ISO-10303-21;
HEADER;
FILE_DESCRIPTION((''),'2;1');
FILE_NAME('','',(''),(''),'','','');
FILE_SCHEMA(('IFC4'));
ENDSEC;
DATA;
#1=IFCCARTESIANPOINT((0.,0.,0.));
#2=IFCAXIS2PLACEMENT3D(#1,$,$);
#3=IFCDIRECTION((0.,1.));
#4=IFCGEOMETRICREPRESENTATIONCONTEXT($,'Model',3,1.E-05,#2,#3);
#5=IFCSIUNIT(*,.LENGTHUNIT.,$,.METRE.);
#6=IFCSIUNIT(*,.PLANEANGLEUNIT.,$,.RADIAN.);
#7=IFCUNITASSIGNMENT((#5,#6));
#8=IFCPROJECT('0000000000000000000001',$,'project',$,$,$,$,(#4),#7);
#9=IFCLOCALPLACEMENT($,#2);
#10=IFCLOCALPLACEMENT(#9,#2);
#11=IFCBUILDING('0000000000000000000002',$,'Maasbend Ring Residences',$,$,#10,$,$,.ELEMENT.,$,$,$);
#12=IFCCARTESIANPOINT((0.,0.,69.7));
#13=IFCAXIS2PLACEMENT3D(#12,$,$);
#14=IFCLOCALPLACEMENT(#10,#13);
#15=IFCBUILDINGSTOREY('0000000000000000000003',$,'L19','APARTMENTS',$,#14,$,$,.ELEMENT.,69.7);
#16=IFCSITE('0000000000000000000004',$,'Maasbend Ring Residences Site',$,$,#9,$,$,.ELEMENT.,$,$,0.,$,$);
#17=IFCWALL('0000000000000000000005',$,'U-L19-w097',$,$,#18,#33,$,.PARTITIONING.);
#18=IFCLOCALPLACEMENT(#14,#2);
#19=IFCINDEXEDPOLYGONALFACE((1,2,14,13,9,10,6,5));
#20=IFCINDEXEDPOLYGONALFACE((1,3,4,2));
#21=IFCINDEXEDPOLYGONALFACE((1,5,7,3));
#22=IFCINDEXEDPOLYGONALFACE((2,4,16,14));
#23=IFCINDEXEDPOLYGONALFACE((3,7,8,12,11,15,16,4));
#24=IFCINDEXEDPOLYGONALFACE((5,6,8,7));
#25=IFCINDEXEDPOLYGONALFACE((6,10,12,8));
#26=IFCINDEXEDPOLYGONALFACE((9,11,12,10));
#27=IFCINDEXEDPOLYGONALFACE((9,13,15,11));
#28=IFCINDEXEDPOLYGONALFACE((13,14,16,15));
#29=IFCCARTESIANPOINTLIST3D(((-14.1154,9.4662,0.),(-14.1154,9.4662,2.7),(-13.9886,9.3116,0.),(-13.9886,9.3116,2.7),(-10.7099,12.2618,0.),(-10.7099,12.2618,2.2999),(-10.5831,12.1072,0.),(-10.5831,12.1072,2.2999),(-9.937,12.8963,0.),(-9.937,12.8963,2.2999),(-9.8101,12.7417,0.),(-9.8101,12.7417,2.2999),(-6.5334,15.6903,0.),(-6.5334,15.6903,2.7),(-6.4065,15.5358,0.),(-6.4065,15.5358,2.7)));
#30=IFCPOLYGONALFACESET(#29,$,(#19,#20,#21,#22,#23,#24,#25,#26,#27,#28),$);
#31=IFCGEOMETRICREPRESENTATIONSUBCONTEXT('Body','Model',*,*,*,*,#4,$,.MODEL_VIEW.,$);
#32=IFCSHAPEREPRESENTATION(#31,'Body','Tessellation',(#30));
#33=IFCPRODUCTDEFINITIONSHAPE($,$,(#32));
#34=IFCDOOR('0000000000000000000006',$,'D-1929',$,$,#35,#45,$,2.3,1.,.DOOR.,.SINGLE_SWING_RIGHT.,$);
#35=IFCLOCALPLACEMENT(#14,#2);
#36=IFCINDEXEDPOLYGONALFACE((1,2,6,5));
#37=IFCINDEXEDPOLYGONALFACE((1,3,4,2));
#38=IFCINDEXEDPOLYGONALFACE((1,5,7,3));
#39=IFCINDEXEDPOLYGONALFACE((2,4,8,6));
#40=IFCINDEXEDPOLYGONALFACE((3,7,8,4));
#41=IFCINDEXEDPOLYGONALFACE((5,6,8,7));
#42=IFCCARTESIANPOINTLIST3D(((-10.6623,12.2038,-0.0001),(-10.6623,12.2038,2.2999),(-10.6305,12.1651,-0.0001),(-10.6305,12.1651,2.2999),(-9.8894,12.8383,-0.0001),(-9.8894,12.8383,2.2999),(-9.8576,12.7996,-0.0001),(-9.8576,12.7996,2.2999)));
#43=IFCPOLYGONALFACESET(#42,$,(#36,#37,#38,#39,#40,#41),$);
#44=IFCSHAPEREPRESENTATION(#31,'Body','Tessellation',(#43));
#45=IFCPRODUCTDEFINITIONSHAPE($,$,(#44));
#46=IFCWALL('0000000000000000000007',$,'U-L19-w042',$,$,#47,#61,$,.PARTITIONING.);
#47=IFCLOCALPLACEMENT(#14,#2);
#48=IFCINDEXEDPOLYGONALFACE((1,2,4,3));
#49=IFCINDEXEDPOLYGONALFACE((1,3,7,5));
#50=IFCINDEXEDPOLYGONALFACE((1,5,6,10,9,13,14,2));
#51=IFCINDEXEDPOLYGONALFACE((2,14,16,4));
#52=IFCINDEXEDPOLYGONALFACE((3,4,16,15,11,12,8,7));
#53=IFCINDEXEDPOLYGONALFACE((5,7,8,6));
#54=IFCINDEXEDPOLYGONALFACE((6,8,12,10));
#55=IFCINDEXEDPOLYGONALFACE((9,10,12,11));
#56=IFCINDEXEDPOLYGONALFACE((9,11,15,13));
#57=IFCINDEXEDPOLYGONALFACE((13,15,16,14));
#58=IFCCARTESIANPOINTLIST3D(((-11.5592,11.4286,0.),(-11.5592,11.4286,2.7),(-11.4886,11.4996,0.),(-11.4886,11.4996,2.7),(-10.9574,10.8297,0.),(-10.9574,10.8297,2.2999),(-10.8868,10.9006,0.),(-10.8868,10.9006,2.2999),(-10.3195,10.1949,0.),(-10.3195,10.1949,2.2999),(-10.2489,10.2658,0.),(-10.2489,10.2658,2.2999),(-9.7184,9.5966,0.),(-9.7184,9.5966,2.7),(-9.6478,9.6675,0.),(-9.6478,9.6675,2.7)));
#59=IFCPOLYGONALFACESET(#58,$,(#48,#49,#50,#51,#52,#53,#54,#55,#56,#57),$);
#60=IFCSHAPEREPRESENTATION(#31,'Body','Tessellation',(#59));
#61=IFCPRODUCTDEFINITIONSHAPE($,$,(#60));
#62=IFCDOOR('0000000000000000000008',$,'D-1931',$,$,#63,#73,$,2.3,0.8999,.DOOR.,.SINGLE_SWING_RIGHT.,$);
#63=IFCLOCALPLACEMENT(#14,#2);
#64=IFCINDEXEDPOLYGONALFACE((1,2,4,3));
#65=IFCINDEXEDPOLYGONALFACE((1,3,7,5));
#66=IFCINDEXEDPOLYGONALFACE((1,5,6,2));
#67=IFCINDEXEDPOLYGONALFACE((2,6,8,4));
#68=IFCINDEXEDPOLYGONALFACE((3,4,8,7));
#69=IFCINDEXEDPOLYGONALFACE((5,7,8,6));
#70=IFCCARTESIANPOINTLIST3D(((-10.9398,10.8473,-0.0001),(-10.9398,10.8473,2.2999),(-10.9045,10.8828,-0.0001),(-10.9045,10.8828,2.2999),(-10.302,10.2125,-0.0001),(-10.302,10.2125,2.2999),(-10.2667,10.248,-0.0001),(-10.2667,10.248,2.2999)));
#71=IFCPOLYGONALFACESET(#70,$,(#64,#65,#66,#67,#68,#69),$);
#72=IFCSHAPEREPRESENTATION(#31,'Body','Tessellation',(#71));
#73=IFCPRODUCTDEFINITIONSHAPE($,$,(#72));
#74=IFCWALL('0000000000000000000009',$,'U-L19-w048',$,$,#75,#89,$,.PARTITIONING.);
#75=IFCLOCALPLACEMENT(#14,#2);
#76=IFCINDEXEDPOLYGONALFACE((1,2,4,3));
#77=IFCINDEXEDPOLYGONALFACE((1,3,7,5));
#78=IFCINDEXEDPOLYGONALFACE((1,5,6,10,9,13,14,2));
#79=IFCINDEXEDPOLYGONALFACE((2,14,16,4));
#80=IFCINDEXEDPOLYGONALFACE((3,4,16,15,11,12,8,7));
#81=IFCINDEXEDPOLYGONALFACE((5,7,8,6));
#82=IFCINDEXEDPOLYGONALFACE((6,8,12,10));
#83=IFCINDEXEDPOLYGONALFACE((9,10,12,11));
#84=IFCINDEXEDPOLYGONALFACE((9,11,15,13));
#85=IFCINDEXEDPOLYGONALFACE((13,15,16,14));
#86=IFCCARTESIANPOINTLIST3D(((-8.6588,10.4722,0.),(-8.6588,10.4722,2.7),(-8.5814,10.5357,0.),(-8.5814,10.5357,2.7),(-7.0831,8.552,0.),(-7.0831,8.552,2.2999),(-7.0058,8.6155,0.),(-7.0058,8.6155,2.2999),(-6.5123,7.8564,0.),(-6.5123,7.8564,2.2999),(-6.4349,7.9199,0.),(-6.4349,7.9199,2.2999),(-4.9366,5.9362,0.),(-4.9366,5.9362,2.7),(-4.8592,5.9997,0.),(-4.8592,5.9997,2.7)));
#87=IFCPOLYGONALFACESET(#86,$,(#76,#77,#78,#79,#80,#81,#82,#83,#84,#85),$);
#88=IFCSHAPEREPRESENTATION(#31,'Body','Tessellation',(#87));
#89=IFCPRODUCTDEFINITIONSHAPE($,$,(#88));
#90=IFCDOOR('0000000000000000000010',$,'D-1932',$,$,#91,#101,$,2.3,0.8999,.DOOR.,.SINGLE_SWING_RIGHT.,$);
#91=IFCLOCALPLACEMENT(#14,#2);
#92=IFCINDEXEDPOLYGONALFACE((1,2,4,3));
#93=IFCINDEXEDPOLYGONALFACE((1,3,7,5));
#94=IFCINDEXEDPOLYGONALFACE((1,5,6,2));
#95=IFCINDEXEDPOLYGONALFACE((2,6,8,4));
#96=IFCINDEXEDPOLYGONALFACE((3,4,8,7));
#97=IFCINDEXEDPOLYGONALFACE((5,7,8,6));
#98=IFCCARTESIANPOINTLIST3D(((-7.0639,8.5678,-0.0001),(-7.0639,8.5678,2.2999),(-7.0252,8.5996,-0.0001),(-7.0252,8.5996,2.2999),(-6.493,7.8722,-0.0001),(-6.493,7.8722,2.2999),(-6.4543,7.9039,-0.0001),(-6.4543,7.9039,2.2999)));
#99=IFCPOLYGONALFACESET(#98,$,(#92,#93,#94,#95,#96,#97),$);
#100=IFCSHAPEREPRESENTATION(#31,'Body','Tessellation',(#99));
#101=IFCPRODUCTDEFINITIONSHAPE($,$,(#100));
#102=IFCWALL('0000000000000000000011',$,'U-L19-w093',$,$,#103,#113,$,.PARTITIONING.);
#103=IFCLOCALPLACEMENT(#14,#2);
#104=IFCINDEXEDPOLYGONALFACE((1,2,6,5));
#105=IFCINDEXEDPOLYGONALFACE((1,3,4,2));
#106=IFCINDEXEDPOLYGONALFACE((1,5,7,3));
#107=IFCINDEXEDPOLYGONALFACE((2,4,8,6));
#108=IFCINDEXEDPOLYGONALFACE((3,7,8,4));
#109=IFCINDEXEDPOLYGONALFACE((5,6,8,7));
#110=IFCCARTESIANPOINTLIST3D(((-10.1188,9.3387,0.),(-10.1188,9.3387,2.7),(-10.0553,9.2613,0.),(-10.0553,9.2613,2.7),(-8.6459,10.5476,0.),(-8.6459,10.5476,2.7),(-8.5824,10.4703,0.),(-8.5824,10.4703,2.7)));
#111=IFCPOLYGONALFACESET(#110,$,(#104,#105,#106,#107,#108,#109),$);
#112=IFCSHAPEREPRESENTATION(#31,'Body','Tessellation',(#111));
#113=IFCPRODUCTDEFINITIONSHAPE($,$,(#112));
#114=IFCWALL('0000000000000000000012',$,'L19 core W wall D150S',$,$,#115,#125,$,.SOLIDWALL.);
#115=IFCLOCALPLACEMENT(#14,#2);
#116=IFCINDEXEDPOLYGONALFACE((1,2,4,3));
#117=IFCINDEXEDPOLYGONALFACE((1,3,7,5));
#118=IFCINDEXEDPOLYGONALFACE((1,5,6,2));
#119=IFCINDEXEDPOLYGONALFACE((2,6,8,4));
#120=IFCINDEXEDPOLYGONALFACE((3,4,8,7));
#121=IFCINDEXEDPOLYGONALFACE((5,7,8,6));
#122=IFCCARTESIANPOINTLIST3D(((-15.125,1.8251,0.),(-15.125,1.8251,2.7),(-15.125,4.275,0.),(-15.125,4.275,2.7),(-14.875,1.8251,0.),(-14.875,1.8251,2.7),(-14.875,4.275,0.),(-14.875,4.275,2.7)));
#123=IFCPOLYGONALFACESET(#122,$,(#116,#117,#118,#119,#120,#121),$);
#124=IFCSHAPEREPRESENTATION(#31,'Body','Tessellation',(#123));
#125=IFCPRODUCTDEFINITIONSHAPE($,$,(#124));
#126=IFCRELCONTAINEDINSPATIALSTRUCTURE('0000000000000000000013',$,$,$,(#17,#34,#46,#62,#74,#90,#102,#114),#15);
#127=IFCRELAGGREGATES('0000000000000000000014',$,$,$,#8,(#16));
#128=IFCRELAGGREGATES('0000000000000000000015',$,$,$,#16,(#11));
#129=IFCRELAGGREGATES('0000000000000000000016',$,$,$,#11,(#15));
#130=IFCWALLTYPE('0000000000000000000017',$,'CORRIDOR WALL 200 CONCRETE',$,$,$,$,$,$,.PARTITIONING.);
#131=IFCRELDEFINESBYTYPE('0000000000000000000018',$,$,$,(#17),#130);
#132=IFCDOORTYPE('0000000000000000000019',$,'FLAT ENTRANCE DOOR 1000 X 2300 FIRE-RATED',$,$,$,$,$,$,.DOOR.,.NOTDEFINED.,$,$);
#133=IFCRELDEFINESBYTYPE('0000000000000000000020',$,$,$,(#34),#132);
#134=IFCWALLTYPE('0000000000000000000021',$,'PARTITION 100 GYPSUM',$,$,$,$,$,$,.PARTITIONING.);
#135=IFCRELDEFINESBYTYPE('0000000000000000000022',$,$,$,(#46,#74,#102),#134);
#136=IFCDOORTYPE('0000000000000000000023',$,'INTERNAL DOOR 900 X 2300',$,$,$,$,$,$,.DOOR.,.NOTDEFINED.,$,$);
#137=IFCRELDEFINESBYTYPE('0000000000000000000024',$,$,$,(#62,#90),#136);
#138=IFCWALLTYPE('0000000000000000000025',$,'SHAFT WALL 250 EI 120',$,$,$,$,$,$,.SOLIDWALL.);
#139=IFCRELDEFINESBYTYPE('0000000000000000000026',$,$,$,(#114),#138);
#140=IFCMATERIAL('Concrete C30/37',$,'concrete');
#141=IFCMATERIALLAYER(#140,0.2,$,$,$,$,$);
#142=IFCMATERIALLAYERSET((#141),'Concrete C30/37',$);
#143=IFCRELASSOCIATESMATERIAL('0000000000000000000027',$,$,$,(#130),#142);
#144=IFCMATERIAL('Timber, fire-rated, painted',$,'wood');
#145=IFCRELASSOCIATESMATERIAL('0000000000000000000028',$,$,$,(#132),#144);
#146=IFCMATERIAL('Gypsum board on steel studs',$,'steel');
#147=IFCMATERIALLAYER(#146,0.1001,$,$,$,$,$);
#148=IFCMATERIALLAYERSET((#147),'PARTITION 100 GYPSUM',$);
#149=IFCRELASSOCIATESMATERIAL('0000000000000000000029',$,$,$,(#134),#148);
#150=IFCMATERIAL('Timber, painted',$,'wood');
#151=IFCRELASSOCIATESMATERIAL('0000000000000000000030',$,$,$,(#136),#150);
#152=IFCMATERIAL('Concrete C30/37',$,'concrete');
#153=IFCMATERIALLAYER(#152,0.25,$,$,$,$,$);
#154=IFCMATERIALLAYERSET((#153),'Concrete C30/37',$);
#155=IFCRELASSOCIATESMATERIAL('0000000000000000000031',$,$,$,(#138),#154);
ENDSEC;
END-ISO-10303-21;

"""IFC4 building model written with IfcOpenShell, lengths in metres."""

from ifc_helpers import new_model, si_unit, direction, frame, frame_2d, origin, place, context, subcontext, project, spatial, rectangle, extrude, material, layer, layer_set, type_object, element, fill, save


model = new_model("IFC4")

# Units and contexts
model_context = context("Model", 3, precision=1e-05, world=origin(), true_north=direction((0.0, 1.0)))
body_context = subcontext(model_context, "Body", "Model", "MODEL_VIEW")
ifc_project = project(units=[si_unit("LENGTHUNIT", "METRE"), si_unit("PLANEANGLEUNIT", "RADIAN")], contexts=[model_context])

# Site, building, storey
site_placement = place(None, origin())
site = spatial("IfcSite", under=ifc_project, at=site_placement, Name="Maasbend Ring Residences Site", CompositionType="ELEMENT", RefElevation=0.0)
building_placement = place(site_placement, origin())
building = spatial("IfcBuilding", under=site, at=building_placement, Name="Maasbend Ring Residences", CompositionType="ELEMENT")
storey_placement = place(building_placement, frame((0.0, 0.0, 69.7)))
storey = spatial("IfcBuildingStorey", under=building, at=storey_placement, Name="L19", Description="APARTMENTS", CompositionType="ELEMENT", Elevation=69.7)

# Walls, openings, doors
ifc_material_1 = material(Name="Concrete C30/37", Category="concrete")
ifc_layer_1 = layer(ifc_material_1, 0.2)
ifc_layer_set_1 = layer_set([ifc_layer_1], Name="Concrete C30/37")
wall_type_1 = type_object("IfcWallType", Name="CORRIDOR WALL 200 CONCRETE", PredefinedType="PARTITIONING", material=ifc_layer_set_1)
wall_1_placement = place(storey_placement, frame((-14.052, 9.3889, 0.0), z_axis=(0.0, 0.0, 1.0), x_axis=(0.772925, 0.634497, 0.0)))
wall_1 = element("IfcWall", 1, at=wall_1_placement, inside=storey, type_object=wall_type_1, Name="U-L19-w097", PredefinedType="PARTITIONING", context=body_context, shape_type="SweptSolid", body=[
    extrude(rectangle(XDim=9.8096, YDim=0.2, at=frame_2d((4.9048, 0.0))), origin(), (0.0, 0.0, 1.0), 2.7),
])
opening_1_placement = place(wall_1_placement, frame((4.406, 0.0, 0.0)))
opening_1 = element("IfcOpeningElement", 2, at=opening_1_placement, cuts=wall_1, PredefinedType="OPENING", context=body_context, shape_type="SweptSolid", body=[
    extrude(rectangle(XDim=1.0, YDim=2.3, at=frame_2d((0.5, 1.1499))), frame((0.0, 0.1099, 0.0), z_axis=(0.0, -1.0, 0.0), x_axis=(1.0, 0.0, 0.0)), (0.0, 0.0, 1.0), 0.22),
])
ifc_material_2 = material(Name="Timber, fire-rated, painted", Category="wood")
door_type_1 = type_object("IfcDoorType", Name="FLAT ENTRANCE DOOR 1000 X 2300 FIRE-RATED", OperationType="NOTDEFINED", PredefinedType="DOOR", material=ifc_material_2)
door_1_placement = place(opening_1_placement, origin())
door_1 = element("IfcDoor", 3, at=door_1_placement, inside=storey, type_object=door_type_1, Name="D-1929", OperationType="SINGLE_SWING_RIGHT", OverallHeight=2.3, OverallWidth=1.0, PredefinedType="DOOR", context=body_context, shape_type="SweptSolid", body=[
    extrude(rectangle(XDim=1.0, YDim=2.3, at=frame_2d((0.5, 1.1499))), frame((0.0, 0.0249, 0.0), z_axis=(0.0, -1.0, 0.0), x_axis=(1.0, 0.0, 0.0)), (0.0, 0.0, 1.0), 0.05),
])
fill(opening_1, door_1)
ifc_material_3 = material(Name="Gypsum board on steel studs", Category="steel")
ifc_layer_2 = layer(ifc_material_3, 0.1001)
ifc_layer_set_2 = layer_set([ifc_layer_2], Name="PARTITION 100 GYPSUM")
wall_type_2 = type_object("IfcWallType", Name="PARTITION 100 GYPSUM", PredefinedType="PARTITIONING", material=ifc_layer_set_2)
wall_2_placement = place(storey_placement, frame((-11.5239, 11.4641, 0.0), z_axis=(0.0, 0.0, 1.0), x_axis=(0.708797, -0.705413, 0.0)))
wall_2 = element("IfcWall", 4, at=wall_2_placement, inside=storey, type_object=wall_type_2, Name="U-L19-w042", PredefinedType="PARTITIONING", context=body_context, shape_type="SweptSolid", body=[
    extrude(rectangle(XDim=2.5972, YDim=0.1001, at=frame_2d((1.2986, 0.0))), origin(), (0.0, 0.0, 1.0), 2.7),
])
opening_2_placement = place(wall_2_placement, frame((0.8491, 0.0, 0.0)))
opening_2 = element("IfcOpeningElement", 5, at=opening_2_placement, cuts=wall_2, PredefinedType="OPENING", context=body_context, shape_type="SweptSolid", body=[
    extrude(rectangle(XDim=0.8999, YDim=2.3, at=frame_2d((0.45, 1.1499))), frame((0.0, 0.0601, 0.0), z_axis=(0.0, -1.0, 0.0), x_axis=(1.0, 0.0, 0.0)), (0.0, 0.0, 1.0), 0.1201),
])
ifc_material_4 = material(Name="Timber, painted", Category="wood")
door_type_2 = type_object("IfcDoorType", Name="INTERNAL DOOR 900 X 2300", OperationType="NOTDEFINED", PredefinedType="DOOR", material=ifc_material_4)
door_2_placement = place(opening_2_placement, origin())
door_2 = element("IfcDoor", 6, at=door_2_placement, inside=storey, type_object=door_type_2, Name="D-1931", OperationType="SINGLE_SWING_RIGHT", OverallHeight=2.3, OverallWidth=0.8999, PredefinedType="DOOR", context=body_context, shape_type="SweptSolid", body=[
    extrude(rectangle(XDim=0.8999, YDim=2.3, at=frame_2d((0.45, 1.1499))), frame((0.0, 0.0249, 0.0), z_axis=(0.0, -1.0, 0.0), x_axis=(1.0, 0.0, 0.0)), (0.0, 0.0, 1.0), 0.05),
])
fill(opening_2, door_2)
wall_3_placement = place(storey_placement, frame((-8.6201, 10.5039, 0.0), z_axis=(0.0, 0.0, 1.0), x_axis=(0.634359, -0.773039, 0.0)))
wall_3 = element("IfcWall", 7, at=wall_3_placement, inside=storey, type_object=wall_type_2, Name="U-L19-w048", PredefinedType="PARTITIONING", context=body_context, shape_type="SweptSolid", body=[
    extrude(rectangle(XDim=5.8677, YDim=0.1001, at=frame_2d((2.9338, 0.0))), origin(), (0.0, 0.0, 1.0), 2.7),
])
opening_3_placement = place(wall_3_placement, frame((2.4839, 0.0, 0.0)))
opening_3 = element("IfcOpeningElement", 8, at=opening_3_placement, cuts=wall_3, PredefinedType="OPENING", context=body_context, shape_type="SweptSolid", body=[
    extrude(rectangle(XDim=0.8999, YDim=2.3, at=frame_2d((0.45, 1.1499))), frame((0.0, 0.0601, 0.0), z_axis=(0.0, -1.0, 0.0), x_axis=(1.0, 0.0, 0.0)), (0.0, 0.0, 1.0), 0.1201),
])
door_3_placement = place(opening_3_placement, origin())
door_3 = element("IfcDoor", 9, at=door_3_placement, inside=storey, type_object=door_type_2, Name="D-1932", OperationType="SINGLE_SWING_RIGHT", OverallHeight=2.3, OverallWidth=0.8999, PredefinedType="DOOR", context=body_context, shape_type="SweptSolid", body=[
    extrude(rectangle(XDim=0.8999, YDim=2.3, at=frame_2d((0.45, 1.1499))), frame((0.0, 0.0249, 0.0), z_axis=(0.0, -1.0, 0.0), x_axis=(1.0, 0.0, 0.0)), (0.0, 0.0, 1.0), 0.05),
])
fill(opening_3, door_3)

# Walls
wall_4_placement = place(storey_placement, frame((-10.0869, 9.3, 0.0), z_axis=(0.0, 0.0, 1.0), x_axis=(0.772957, 0.634458, 0.0)))
element("IfcWall", 10, at=wall_4_placement, inside=storey, type_object=wall_type_2, Name="U-L19-w093", PredefinedType="PARTITIONING", context=body_context, shape_type="SweptSolid", body=[
    extrude(rectangle(XDim=1.9055, YDim=0.1001, at=frame_2d((0.9526, 0.0))), origin(), (0.0, 0.0, 1.0), 2.7),
])
ifc_material_5 = material(Name="Concrete C30/37", Category="concrete")
ifc_layer_3 = layer(ifc_material_5, 0.25)
ifc_layer_set_3 = layer_set([ifc_layer_3], Name="Concrete C30/37")
wall_type_3 = type_object("IfcWallType", Name="SHAFT WALL 250 EI 120", PredefinedType="SOLIDWALL", material=ifc_layer_set_3)
wall_5_placement = place(storey_placement, frame((-15.0, 1.825, 0.0), z_axis=(0.0, 0.0, 1.0), x_axis=(0.0, 1.0, 0.0)))
element("IfcWall", 11, at=wall_5_placement, inside=storey, type_object=wall_type_3, Name="L19 core W wall D150S", PredefinedType="SOLIDWALL", context=body_context, shape_type="SweptSolid", body=[
    extrude(rectangle(XDim=2.45, YDim=0.25, at=frame_2d((1.2251, 0.0))), origin(), (0.0, 0.0, 1.0), 2.7),
])

save(model, "model.ifc")
